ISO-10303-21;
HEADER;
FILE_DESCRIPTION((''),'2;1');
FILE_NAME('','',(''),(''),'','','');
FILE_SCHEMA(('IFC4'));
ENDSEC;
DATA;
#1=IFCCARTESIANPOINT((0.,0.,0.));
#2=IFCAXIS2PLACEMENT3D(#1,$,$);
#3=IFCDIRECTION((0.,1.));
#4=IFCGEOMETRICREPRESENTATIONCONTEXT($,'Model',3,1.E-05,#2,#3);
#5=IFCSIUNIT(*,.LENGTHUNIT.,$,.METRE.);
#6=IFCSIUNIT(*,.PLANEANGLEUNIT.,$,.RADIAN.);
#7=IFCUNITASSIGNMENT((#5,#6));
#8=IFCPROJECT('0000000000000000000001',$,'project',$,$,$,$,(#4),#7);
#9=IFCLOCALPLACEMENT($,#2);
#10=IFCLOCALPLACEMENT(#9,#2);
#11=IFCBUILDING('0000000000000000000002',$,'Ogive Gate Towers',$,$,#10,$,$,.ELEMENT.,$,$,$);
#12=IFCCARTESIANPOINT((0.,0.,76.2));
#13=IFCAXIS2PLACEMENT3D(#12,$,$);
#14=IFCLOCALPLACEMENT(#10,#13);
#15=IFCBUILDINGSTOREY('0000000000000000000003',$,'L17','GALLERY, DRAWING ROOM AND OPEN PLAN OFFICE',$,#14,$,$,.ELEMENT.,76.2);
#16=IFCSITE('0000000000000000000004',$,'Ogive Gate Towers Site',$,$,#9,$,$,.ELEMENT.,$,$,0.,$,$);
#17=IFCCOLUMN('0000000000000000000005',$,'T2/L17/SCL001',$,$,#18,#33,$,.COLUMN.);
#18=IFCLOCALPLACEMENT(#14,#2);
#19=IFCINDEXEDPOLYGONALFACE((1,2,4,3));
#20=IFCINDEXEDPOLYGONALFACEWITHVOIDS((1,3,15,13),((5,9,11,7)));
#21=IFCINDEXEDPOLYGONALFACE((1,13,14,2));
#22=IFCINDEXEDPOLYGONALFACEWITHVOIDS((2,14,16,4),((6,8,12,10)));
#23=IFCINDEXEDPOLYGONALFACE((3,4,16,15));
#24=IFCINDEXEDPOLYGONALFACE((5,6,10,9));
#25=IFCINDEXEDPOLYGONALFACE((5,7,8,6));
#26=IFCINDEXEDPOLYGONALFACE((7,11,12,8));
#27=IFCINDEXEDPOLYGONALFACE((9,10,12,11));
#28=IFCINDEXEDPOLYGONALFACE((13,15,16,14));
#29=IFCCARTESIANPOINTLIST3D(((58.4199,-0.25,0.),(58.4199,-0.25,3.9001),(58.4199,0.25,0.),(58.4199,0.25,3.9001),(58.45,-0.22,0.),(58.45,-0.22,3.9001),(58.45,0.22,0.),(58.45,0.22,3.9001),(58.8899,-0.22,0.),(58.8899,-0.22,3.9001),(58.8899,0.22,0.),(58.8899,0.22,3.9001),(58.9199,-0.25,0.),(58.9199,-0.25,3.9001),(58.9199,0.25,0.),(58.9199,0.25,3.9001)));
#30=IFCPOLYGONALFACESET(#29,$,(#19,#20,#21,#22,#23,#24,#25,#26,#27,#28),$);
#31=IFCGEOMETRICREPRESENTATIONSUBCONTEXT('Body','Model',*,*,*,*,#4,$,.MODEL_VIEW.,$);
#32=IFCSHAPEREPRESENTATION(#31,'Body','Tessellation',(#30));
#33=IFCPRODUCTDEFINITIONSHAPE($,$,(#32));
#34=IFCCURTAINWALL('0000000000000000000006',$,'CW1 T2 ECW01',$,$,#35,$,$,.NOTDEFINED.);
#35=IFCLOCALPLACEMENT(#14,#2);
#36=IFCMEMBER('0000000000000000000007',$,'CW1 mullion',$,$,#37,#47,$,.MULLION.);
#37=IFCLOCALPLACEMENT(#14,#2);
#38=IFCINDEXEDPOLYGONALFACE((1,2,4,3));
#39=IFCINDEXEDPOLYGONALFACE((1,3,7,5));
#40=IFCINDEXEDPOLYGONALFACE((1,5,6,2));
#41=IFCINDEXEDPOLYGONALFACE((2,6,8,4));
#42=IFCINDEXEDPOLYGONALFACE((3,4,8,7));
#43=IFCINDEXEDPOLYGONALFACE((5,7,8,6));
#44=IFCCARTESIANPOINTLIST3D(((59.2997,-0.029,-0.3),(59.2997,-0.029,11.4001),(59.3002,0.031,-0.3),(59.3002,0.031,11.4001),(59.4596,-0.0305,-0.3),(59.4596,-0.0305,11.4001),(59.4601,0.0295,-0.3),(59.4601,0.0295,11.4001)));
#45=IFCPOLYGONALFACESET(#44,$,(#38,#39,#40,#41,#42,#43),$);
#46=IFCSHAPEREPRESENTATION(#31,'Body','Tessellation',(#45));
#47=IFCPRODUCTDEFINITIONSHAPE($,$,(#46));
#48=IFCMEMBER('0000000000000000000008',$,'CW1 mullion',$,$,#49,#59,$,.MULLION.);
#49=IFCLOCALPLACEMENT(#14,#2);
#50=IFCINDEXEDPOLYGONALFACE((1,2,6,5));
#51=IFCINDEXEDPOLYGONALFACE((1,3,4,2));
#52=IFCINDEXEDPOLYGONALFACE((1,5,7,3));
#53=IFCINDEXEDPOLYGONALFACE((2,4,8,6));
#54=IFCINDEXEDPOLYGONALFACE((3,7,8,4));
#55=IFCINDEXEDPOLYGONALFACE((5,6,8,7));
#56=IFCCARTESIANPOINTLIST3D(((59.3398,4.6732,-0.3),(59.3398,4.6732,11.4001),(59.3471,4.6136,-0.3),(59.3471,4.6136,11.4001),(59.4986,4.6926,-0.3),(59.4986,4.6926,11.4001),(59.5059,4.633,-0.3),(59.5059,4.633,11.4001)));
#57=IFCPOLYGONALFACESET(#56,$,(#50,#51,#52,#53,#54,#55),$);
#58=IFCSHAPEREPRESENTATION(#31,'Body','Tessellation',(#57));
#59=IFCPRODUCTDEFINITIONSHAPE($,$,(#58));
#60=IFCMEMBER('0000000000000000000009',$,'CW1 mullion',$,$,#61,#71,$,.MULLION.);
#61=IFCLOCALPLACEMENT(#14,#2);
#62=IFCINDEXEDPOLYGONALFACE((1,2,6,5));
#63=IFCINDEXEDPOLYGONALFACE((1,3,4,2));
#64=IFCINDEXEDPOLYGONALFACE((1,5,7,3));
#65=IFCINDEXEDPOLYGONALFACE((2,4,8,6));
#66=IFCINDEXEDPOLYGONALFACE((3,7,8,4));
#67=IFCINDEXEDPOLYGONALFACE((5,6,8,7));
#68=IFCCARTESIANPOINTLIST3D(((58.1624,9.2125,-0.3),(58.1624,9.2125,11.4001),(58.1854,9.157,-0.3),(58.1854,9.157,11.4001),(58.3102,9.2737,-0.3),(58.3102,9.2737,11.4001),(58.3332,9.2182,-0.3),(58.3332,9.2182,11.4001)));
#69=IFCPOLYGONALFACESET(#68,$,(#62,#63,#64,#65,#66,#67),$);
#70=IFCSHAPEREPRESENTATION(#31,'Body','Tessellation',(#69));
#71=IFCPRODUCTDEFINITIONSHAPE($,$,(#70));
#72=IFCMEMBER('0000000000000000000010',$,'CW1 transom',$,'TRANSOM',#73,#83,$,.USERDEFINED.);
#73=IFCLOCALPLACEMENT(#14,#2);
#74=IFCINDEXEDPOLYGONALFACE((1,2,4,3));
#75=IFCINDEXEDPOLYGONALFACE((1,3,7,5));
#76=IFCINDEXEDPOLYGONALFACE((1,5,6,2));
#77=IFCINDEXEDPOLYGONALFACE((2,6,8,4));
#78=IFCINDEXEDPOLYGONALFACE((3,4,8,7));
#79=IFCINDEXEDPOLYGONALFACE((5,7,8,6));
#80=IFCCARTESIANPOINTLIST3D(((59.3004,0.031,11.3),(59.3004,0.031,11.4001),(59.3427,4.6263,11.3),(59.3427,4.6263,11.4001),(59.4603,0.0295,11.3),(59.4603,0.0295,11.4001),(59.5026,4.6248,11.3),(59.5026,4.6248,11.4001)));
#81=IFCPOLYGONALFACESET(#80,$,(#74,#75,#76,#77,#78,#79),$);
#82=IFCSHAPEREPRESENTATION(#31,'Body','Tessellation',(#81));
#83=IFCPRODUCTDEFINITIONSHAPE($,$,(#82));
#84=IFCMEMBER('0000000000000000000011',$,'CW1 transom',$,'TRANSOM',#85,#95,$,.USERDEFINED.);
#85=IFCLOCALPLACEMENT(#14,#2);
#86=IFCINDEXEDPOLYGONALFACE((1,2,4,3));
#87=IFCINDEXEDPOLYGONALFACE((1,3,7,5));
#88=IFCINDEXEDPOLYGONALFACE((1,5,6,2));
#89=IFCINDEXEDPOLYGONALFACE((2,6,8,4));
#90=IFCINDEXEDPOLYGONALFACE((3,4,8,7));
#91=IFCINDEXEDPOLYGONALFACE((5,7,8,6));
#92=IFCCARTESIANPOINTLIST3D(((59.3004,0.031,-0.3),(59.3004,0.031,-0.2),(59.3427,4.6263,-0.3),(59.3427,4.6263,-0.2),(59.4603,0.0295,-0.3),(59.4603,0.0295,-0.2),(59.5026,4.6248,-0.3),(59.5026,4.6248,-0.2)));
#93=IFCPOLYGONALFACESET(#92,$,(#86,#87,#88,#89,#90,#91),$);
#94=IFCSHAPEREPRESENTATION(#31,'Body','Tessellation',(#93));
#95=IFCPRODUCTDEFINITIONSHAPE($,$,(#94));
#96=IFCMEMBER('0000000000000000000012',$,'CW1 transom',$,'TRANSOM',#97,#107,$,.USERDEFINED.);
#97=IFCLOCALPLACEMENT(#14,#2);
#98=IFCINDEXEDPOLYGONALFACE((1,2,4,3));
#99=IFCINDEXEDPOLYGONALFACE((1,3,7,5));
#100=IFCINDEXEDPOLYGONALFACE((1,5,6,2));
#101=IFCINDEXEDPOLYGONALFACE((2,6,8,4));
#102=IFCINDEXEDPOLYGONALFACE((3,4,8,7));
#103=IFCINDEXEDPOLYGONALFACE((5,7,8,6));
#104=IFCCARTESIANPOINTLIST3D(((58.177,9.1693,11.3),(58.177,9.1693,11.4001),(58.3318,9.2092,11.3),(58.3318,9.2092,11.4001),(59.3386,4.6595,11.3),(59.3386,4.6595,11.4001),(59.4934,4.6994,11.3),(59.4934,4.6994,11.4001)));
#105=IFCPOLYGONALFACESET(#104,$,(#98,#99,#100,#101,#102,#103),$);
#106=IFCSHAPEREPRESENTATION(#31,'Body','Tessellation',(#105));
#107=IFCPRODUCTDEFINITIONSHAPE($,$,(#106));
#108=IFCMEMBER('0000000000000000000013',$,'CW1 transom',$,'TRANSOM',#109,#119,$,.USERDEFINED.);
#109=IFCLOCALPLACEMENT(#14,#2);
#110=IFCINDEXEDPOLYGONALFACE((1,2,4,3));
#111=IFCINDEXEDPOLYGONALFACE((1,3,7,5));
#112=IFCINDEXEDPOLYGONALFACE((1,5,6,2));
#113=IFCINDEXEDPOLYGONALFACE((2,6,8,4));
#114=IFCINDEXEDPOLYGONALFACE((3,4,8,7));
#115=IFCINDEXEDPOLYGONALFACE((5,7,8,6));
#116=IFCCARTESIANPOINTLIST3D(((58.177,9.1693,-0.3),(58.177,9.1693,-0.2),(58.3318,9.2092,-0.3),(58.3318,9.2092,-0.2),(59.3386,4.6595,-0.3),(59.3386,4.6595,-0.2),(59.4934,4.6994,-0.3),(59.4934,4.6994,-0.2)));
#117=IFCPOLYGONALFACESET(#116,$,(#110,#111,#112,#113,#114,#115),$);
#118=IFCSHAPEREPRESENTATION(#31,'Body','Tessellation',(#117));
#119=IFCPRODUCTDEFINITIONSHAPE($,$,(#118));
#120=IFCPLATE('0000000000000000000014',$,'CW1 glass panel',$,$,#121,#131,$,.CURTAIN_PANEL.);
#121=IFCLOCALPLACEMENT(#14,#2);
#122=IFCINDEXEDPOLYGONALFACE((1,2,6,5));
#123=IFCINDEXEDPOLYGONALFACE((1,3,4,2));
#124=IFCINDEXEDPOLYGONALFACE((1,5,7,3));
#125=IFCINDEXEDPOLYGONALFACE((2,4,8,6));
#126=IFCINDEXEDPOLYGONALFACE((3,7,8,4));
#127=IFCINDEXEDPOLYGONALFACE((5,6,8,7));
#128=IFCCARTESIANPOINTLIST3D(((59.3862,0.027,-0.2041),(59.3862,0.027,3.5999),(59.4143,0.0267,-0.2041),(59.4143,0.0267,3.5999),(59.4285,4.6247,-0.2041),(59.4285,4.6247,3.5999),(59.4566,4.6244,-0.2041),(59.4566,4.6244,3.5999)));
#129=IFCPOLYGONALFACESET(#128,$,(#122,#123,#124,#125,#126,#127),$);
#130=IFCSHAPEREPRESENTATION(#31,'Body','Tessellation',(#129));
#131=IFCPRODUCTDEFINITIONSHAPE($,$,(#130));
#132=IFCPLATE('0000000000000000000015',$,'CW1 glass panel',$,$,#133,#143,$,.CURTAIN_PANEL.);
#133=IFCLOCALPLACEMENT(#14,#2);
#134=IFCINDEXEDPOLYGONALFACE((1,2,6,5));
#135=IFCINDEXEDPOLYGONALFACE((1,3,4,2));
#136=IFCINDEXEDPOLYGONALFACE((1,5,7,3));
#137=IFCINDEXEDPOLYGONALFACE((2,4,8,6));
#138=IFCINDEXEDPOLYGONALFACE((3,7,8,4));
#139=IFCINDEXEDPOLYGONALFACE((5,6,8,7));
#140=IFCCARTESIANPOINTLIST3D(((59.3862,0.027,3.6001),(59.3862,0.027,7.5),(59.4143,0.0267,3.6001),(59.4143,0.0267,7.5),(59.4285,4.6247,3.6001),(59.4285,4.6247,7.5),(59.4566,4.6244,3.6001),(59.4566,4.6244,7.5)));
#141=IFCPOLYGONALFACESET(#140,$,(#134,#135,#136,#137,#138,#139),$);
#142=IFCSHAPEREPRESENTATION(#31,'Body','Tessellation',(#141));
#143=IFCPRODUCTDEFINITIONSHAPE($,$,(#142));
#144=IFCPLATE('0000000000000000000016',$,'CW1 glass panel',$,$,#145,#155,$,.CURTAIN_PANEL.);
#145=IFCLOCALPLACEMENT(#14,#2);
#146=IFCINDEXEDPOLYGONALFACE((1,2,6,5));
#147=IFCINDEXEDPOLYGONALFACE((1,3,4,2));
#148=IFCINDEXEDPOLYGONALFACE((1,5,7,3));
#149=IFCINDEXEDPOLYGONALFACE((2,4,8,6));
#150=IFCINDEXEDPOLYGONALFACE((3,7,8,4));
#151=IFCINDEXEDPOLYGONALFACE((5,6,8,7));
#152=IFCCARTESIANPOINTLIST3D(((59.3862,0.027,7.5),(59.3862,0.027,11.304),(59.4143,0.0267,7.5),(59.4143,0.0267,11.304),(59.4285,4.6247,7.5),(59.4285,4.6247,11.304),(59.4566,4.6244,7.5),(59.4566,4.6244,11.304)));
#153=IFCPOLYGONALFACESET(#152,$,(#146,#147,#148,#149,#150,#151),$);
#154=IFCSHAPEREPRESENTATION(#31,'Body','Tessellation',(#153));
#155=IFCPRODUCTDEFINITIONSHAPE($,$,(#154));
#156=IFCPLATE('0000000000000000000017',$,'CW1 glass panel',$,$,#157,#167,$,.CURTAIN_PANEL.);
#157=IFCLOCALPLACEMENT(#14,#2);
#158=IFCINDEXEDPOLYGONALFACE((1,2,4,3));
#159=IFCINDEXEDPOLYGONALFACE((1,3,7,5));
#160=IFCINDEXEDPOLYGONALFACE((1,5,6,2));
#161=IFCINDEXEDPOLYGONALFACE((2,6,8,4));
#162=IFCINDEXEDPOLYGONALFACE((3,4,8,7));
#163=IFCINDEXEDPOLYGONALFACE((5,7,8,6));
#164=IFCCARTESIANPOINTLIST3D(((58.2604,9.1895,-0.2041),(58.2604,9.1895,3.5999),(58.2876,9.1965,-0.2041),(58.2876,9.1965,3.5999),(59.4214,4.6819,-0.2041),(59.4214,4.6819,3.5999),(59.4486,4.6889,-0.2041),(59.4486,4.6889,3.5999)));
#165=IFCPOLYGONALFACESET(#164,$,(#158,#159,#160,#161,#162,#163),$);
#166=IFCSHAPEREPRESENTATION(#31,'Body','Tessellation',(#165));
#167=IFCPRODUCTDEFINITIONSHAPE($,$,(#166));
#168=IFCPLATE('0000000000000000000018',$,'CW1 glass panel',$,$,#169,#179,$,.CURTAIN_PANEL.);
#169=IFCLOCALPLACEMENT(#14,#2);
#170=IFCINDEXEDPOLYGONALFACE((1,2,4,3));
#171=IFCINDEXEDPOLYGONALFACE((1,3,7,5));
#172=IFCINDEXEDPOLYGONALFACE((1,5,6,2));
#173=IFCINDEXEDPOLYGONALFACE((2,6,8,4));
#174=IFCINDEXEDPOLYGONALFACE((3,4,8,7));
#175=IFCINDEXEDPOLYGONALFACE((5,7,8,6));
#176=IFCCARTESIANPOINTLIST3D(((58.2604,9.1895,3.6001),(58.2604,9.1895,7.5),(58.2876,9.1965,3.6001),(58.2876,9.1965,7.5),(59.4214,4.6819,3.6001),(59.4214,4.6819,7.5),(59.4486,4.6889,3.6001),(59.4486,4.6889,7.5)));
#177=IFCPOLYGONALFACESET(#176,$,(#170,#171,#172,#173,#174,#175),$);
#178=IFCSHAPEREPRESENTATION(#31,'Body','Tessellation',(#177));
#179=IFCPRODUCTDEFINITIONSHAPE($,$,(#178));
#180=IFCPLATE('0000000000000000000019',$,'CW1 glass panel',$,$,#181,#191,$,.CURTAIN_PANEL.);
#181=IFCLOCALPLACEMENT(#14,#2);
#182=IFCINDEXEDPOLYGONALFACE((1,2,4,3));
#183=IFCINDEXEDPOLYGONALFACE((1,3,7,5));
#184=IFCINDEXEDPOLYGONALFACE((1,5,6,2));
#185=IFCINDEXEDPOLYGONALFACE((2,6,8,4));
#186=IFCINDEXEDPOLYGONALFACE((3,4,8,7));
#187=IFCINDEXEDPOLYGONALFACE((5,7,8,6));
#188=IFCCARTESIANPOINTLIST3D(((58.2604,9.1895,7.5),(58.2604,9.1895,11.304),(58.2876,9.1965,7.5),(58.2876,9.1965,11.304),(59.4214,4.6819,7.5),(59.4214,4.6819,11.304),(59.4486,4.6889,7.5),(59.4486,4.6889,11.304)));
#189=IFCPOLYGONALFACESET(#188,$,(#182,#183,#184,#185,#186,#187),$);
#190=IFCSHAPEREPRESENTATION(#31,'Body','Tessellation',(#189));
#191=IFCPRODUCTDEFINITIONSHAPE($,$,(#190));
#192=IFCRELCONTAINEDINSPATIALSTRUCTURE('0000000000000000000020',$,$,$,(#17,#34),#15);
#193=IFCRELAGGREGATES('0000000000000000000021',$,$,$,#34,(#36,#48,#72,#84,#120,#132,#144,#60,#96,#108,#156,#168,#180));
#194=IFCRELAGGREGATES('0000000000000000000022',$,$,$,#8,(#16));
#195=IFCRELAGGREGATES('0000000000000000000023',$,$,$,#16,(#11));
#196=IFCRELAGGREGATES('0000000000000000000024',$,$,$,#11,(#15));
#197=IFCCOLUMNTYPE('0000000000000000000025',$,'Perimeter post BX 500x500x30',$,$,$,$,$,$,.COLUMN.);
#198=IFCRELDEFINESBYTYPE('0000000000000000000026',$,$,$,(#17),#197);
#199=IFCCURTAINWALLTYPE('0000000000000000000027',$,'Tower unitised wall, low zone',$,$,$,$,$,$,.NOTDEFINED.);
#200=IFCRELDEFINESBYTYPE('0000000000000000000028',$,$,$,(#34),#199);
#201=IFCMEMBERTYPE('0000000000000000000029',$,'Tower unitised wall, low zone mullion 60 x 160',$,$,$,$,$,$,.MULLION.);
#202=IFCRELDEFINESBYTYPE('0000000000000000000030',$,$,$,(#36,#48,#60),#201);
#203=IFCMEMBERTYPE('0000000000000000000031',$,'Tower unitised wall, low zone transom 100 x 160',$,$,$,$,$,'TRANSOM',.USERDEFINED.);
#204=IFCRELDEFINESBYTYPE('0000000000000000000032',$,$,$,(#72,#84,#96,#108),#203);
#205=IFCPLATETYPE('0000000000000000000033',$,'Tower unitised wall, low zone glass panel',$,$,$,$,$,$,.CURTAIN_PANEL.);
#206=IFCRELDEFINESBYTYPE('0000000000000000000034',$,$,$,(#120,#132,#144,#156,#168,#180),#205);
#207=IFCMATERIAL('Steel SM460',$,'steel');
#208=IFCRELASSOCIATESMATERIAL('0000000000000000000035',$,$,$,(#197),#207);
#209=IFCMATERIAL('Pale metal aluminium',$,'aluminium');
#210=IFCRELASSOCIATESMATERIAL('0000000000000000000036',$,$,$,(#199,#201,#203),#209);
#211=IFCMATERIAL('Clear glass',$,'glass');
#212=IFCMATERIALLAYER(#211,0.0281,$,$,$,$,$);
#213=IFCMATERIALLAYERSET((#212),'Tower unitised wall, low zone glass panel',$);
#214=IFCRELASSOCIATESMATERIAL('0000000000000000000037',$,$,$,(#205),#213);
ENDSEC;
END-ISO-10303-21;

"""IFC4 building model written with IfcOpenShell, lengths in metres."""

from ifc_helpers import new_model, si_unit, direction, frame, origin, origin_2d, place, context, subcontext, project, spatial, rectangle, hollow_rectangle, extrude, material, layer, layer_set, material_profile, profile_set, type_object, element, aggregate, save


model = new_model("IFC4")

# Units and contexts
model_context = context("Model", 3, precision=1e-05, world=origin(), true_north=direction((0.0, 1.0)))
body_context = subcontext(model_context, "Body", "Model", "MODEL_VIEW")
ifc_project = project(units=[si_unit("LENGTHUNIT", "METRE"), si_unit("PLANEANGLEUNIT", "RADIAN")], contexts=[model_context])

# Site, building, storey
site_placement = place(None, origin())
site = spatial("IfcSite", under=ifc_project, at=site_placement, Name="Ogive Gate Towers Site", CompositionType="ELEMENT", RefElevation=0.0)
building_placement = place(site_placement, origin())
building = spatial("IfcBuilding", under=site, at=building_placement, Name="Ogive Gate Towers", CompositionType="ELEMENT")
storey_placement = place(building_placement, frame((0.0, 0.0, 76.2)))
storey = spatial("IfcBuildingStorey", under=building, at=storey_placement, Name="L17", Description="GALLERY, DRAWING ROOM AND OPEN PLAN OFFICE", CompositionType="ELEMENT", Elevation=76.2)

# Column
ifc_material_1 = material(Name="Steel SM460", Category="steel")
ifc_material_profile_1 = material_profile(ifc_material_1, hollow_rectangle(XDim=0.5, YDim=0.5, WallThickness=0.03, at=origin_2d()), Name="BX 500x500x30")
ifc_profile_set_1 = profile_set([ifc_material_profile_1], Name="Steel SM460")
column_type = type_object("IfcColumnType", Name="Perimeter post BX 500x500x30", PredefinedType="COLUMN", material=ifc_profile_set_1)
column_placement = place(storey_placement, frame((58.6699, 0.0, 0.0), z_axis=(0.0, 0.0, 1.0), x_axis=(1.0, 0.0, 0.0)))
element("IfcColumn", 1, at=column_placement, inside=storey, type_object=column_type, Name="T2/L17/SCL001", PredefinedType="COLUMN", context=body_context, shape_type="SweptSolid", body=[
    extrude(hollow_rectangle(XDim=0.5, YDim=0.5, WallThickness=0.03, at=origin_2d()), origin(), (0.0, 0.0, 1.0), 3.9001),
])

# Curtain wall, members, plates
ifc_material_2 = material(Name="Pale metal aluminium", Category="aluminium")
curtain_wall_type = type_object("IfcCurtainWallType", Name="Tower unitised wall, low zone", PredefinedType="NOTDEFINED", material=ifc_material_2)
curtain_wall_placement = place(storey_placement, origin())
curtain_wall = element("IfcCurtainWall", 2, at=curtain_wall_placement, inside=storey, type_object=curtain_wall_type, Name="CW1 T2 ECW01", PredefinedType="NOTDEFINED")
ifc_material_profile_2 = material_profile(ifc_material_2, rectangle(XDim=0.1599, YDim=0.0601, at=origin_2d()), Name="60 x 160 aluminium box")
ifc_profile_set_2 = profile_set([ifc_material_profile_2], Name="Pale metal aluminium")
member_type_1 = type_object("IfcMemberType", Name="Tower unitised wall, low zone mullion 60 x 160", PredefinedType="MULLION", material=ifc_profile_set_2)
member_1_placement = place(storey_placement, frame((59.3799, 0.0002, -0.3), z_axis=(0.0, 0.0, 1.0), x_axis=(0.999958, -0.009198, 0.0)))
member_1 = element("IfcMember", 3, at=member_1_placement, type_object=member_type_1, Name="CW1 mullion", PredefinedType="MULLION", context=body_context, shape_type="SweptSolid", body=[
    extrude(rectangle(XDim=0.1599, YDim=0.0601, at=origin_2d()), origin(), (0.0, 0.0, 1.0), 11.7002),
])
member_2_placement = place(storey_placement, frame((59.4229, 4.6531, -0.3), z_axis=(0.0, 0.0, 1.0), x_axis=(0.992635, 0.121142, 0.0)))
member_2 = element("IfcMember", 4, at=member_2_placement, type_object=member_type_1, Name="CW1 mullion", PredefinedType="MULLION", context=body_context, shape_type="SweptSolid", body=[
    extrude(rectangle(XDim=0.1599, YDim=0.0601, at=origin_2d()), origin(), (0.0, 0.0, 1.0), 11.7002),
])
member_3_placement = place(storey_placement, frame((58.2478, 9.2153, -0.3), z_axis=(0.0, 0.0, 1.0), x_axis=(0.92388, 0.382683, 0.0)))
member_3 = element("IfcMember", 5, at=member_3_placement, type_object=member_type_1, Name="CW1 mullion", PredefinedType="MULLION", context=body_context, shape_type="SweptSolid", body=[
    extrude(rectangle(XDim=0.1599, YDim=0.0601, at=origin_2d()), origin(), (0.0, 0.0, 1.0), 11.7002),
])
ifc_material_profile_3 = material_profile(ifc_material_2, rectangle(XDim=0.1599, YDim=0.1001, at=origin_2d()), Name="100 x 160 aluminium box")
ifc_profile_set_3 = profile_set([ifc_material_profile_3], Name="Pale metal aluminium")
member_type_2 = type_object("IfcMemberType", Name="Tower unitised wall, low zone transom 100 x 160", ElementType="TRANSOM", PredefinedType="USERDEFINED", material=ifc_profile_set_3)
member_4_placement = place(storey_placement, frame((59.3804, 0.0303, 11.3501), z_axis=(0.009191, 0.999958, 0.0), x_axis=(-0.999958, 0.009191, 0.0)))
member_4 = element("IfcMember", 6, at=member_4_placement, type_object=member_type_2, Name="CW1 transom", ObjectType="TRANSOM", PredefinedType="USERDEFINED", context=body_context, shape_type="SweptSolid", body=[
    extrude(rectangle(XDim=0.1599, YDim=0.1001, at=origin_2d()), origin(), (0.0, 0.0, 1.0), 4.5955),
])
member_5_placement = place(storey_placement, frame((59.3804, 0.0303, -0.25), z_axis=(0.009191, 0.999958, 0.0), x_axis=(-0.999958, 0.009191, 0.0)))
member_5 = element("IfcMember", 7, at=member_5_placement, type_object=member_type_2, Name="CW1 transom", ObjectType="TRANSOM", PredefinedType="USERDEFINED", context=body_context, shape_type="SweptSolid", body=[
    extrude(rectangle(XDim=0.1599, YDim=0.1001, at=origin_2d()), origin(), (0.0, 0.0, 1.0), 4.5955),
])
member_6_placement = place(storey_placement, frame((59.416, 4.6794, 11.3501), z_axis=(-0.249437, 0.968391, 0.0), x_axis=(-0.968391, -0.249437, 0.0)))
member_6 = element("IfcMember", 8, at=member_6_placement, type_object=member_type_2, Name="CW1 transom", ObjectType="TRANSOM", PredefinedType="USERDEFINED", context=body_context, shape_type="SweptSolid", body=[
    extrude(rectangle(XDim=0.1599, YDim=0.1001, at=origin_2d()), origin(), (0.0, 0.0, 1.0), 4.657),
])
member_7_placement = place(storey_placement, frame((59.416, 4.6794, -0.25), z_axis=(-0.249437, 0.968391, 0.0), x_axis=(-0.968391, -0.249437, 0.0)))
member_7 = element("IfcMember", 9, at=member_7_placement, type_object=member_type_2, Name="CW1 transom", ObjectType="TRANSOM", PredefinedType="USERDEFINED", context=body_context, shape_type="SweptSolid", body=[
    extrude(rectangle(XDim=0.1599, YDim=0.1001, at=origin_2d()), origin(), (0.0, 0.0, 1.0), 4.657),
])
ifc_material_3 = material(Name="Clear glass", Category="glass")
ifc_layer_1 = layer(ifc_material_3, 0.0281)
ifc_layer_set_1 = layer_set([ifc_layer_1], Name="Tower unitised wall, low zone glass panel")
plate_type = type_object("IfcPlateType", Name="Tower unitised wall, low zone glass panel", PredefinedType="CURTAIN_PANEL", material=ifc_layer_set_1)
plate_1_placement = place(storey_placement, frame((59.4214, 2.3257, -0.2041), z_axis=(0.0, 0.0, 1.0), x_axis=(0.009198, 0.999958, 0.0)))
plate_1 = element("IfcPlate", 10, at=plate_1_placement, type_object=plate_type, Name="CW1 glass panel", PredefinedType="CURTAIN_PANEL", context=body_context, shape_type="SweptSolid", body=[
    extrude(rectangle(XDim=4.5979, YDim=0.0281, at=origin_2d()), origin(), (0.0, 0.0, 1.0), 3.804),
])
plate_2_placement = place(storey_placement, frame((59.4214, 2.3257, 3.6001), z_axis=(0.0, 0.0, 1.0), x_axis=(0.009198, 0.999958, 0.0)))
plate_2 = element("IfcPlate", 11, at=plate_2_placement, type_object=plate_type, Name="CW1 glass panel", PredefinedType="CURTAIN_PANEL", context=body_context, shape_type="SweptSolid", body=[
    extrude(rectangle(XDim=4.5979, YDim=0.0281, at=origin_2d()), origin(), (0.0, 0.0, 1.0), 3.8999),
])
plate_3_placement = place(storey_placement, frame((59.4214, 2.3257, 7.5), z_axis=(0.0, 0.0, 1.0), x_axis=(0.009198, 0.999958, 0.0)))
plate_3 = element("IfcPlate", 12, at=plate_3_placement, type_object=plate_type, Name="CW1 glass panel", PredefinedType="CURTAIN_PANEL", context=body_context, shape_type="SweptSolid", body=[
    extrude(rectangle(XDim=4.5979, YDim=0.0281, at=origin_2d()), origin(), (0.0, 0.0, 1.0), 3.804),
])
plate_4_placement = place(storey_placement, frame((58.8545, 6.9392, -0.2041), z_axis=(0.0, 0.0, 1.0), x_axis=(-0.249417, 0.968396, 0.0)))
plate_4 = element("IfcPlate", 13, at=plate_4_placement, type_object=plate_type, Name="CW1 glass panel", PredefinedType="CURTAIN_PANEL", context=body_context, shape_type="SweptSolid", body=[
    extrude(rectangle(XDim=4.6548, YDim=0.0281, at=origin_2d()), origin(), (0.0, 0.0, 1.0), 3.804),
])
plate_5_placement = place(storey_placement, frame((58.8545, 6.9392, 3.6001), z_axis=(0.0, 0.0, 1.0), x_axis=(-0.249417, 0.968396, 0.0)))
plate_5 = element("IfcPlate", 14, at=plate_5_placement, type_object=plate_type, Name="CW1 glass panel", PredefinedType="CURTAIN_PANEL", context=body_context, shape_type="SweptSolid", body=[
    extrude(rectangle(XDim=4.6548, YDim=0.0281, at=origin_2d()), origin(), (0.0, 0.0, 1.0), 3.8999),
])
plate_6_placement = place(storey_placement, frame((58.8545, 6.9392, 7.5), z_axis=(0.0, 0.0, 1.0), x_axis=(-0.249417, 0.968396, 0.0)))
plate_6 = element("IfcPlate", 15, at=plate_6_placement, type_object=plate_type, Name="CW1 glass panel", PredefinedType="CURTAIN_PANEL", context=body_context, shape_type="SweptSolid", body=[
    extrude(rectangle(XDim=4.6548, YDim=0.0281, at=origin_2d()), origin(), (0.0, 0.0, 1.0), 3.804),
])
aggregate(curtain_wall, [member_1, member_2, member_4, member_5, plate_1, plate_2, plate_3, member_3, member_6, member_7, plate_4, plate_5, plate_6])

save(model, "model.ifc")
